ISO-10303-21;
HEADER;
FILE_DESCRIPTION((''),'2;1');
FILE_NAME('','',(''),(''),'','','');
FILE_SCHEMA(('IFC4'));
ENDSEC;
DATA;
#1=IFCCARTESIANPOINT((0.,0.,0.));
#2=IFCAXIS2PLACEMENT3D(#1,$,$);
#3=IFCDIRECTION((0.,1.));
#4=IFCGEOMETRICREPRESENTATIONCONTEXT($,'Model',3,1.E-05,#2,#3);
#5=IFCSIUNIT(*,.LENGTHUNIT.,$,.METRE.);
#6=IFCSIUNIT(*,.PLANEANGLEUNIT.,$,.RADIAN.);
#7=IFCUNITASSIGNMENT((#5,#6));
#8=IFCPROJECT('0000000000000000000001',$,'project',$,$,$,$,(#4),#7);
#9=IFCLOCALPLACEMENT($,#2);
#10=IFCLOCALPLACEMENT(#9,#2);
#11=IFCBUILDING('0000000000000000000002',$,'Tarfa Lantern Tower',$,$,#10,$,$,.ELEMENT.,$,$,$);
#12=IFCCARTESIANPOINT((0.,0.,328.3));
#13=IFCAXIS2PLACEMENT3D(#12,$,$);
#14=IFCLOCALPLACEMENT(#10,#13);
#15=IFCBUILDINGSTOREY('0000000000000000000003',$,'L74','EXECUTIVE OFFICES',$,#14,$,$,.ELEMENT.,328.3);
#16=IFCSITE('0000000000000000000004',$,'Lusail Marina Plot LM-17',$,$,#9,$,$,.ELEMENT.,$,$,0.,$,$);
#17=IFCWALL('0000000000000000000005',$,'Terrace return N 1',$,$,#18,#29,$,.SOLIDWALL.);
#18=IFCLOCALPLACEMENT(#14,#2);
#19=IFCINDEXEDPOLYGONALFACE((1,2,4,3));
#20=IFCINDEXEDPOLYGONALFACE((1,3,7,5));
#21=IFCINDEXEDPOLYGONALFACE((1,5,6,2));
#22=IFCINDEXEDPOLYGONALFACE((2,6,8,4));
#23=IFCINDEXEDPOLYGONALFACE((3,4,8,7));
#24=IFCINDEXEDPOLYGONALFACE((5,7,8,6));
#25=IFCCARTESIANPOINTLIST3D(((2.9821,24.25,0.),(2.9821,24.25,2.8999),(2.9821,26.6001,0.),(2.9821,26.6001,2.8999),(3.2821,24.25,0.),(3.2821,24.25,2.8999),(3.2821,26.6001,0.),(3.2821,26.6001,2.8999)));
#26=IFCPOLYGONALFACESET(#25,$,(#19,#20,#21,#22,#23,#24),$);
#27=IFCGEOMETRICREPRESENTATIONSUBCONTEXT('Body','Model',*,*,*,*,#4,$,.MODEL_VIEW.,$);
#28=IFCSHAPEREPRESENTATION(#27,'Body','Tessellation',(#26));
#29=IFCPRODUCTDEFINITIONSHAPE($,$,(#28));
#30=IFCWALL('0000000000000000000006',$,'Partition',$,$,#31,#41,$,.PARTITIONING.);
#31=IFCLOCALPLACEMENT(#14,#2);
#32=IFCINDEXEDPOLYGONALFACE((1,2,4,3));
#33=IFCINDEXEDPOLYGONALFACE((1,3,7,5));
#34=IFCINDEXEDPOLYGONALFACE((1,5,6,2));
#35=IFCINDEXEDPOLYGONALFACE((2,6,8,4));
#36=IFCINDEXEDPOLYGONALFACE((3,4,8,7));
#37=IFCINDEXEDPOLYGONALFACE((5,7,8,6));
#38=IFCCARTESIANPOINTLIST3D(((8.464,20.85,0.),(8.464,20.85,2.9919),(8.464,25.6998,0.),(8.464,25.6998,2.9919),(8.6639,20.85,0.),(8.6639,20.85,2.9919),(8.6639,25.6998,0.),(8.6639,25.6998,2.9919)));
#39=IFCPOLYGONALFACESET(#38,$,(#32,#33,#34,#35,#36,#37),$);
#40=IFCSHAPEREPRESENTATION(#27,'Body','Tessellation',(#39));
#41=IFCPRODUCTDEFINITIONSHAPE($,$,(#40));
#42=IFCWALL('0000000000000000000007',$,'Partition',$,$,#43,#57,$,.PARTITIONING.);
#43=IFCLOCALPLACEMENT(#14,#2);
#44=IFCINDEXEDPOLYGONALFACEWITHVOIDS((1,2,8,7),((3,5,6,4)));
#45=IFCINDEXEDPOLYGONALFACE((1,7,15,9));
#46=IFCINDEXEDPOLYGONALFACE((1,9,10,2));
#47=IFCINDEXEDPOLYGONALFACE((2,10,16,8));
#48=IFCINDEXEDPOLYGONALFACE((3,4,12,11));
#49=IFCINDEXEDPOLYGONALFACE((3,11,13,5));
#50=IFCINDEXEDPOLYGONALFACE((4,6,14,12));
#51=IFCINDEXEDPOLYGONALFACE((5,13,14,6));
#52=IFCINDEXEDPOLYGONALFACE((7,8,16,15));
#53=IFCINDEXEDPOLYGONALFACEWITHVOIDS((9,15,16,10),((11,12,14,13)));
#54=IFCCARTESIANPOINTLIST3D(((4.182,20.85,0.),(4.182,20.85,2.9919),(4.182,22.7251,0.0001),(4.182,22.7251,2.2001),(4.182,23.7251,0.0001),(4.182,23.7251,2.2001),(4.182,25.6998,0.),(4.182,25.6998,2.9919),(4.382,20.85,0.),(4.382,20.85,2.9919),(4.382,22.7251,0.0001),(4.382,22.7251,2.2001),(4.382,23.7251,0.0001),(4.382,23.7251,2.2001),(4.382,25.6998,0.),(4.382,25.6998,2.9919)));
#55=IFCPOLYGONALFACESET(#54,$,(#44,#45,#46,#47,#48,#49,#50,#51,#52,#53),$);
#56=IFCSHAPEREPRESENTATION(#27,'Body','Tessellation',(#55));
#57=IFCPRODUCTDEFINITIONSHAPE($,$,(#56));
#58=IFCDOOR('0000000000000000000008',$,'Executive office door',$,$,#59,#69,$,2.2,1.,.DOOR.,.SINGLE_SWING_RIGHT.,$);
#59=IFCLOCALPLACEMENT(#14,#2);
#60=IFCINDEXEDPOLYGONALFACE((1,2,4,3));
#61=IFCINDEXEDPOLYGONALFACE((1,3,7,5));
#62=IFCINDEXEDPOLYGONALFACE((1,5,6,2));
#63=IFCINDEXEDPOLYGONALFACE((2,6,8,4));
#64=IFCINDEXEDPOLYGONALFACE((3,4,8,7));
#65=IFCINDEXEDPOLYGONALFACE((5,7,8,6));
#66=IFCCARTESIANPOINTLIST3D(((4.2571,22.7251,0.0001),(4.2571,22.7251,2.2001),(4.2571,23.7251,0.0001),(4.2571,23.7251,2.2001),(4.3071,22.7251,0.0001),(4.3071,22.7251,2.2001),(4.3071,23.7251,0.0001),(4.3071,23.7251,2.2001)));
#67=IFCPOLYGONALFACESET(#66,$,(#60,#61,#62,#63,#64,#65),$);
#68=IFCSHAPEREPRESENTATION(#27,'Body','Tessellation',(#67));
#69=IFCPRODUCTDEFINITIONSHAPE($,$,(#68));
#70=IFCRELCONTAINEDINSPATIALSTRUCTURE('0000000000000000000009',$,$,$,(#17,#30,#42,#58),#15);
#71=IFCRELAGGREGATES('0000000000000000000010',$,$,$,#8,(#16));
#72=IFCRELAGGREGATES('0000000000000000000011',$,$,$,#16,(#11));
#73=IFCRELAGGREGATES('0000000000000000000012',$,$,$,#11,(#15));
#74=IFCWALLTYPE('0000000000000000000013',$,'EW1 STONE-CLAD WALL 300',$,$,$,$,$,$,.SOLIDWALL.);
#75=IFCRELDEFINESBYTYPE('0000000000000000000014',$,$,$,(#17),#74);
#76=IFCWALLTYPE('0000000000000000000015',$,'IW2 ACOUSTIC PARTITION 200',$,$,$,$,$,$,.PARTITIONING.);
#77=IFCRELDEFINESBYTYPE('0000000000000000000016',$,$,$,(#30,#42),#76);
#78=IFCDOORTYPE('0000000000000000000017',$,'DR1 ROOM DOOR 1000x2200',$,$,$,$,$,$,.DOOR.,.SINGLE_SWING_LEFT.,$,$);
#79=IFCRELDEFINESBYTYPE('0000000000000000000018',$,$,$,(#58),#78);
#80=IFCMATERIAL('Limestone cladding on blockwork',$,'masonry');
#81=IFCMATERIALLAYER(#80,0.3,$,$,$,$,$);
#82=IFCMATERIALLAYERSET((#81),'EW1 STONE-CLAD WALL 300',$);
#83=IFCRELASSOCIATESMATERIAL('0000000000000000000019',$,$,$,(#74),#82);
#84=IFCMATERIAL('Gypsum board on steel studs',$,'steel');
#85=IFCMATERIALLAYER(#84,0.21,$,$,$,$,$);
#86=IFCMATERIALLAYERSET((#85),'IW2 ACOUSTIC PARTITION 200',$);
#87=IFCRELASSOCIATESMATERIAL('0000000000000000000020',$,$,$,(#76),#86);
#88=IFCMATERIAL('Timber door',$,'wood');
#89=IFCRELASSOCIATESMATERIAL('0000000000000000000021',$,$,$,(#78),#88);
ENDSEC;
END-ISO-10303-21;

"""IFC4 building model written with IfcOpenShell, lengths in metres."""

from ifc_helpers import new_model, si_unit, direction, frame, frame_2d, origin, place, context, subcontext, project, spatial, rectangle, extrude, material, layer, layer_set, type_object, element, fill, save


model = new_model("IFC4")

# Units and contexts
model_context = context("Model", 3, precision=1e-05, world=origin(), true_north=direction((0.0, 1.0)))
body_context = subcontext(model_context, "Body", "Model", "MODEL_VIEW")
ifc_project = project(units=[si_unit("LENGTHUNIT", "METRE"), si_unit("PLANEANGLEUNIT", "RADIAN")], contexts=[model_context])

# Site, building, storey
site_placement = place(None, origin())
site = spatial("IfcSite", under=ifc_project, at=site_placement, Name="Lusail Marina Plot LM-17", CompositionType="ELEMENT", RefElevation=0.0)
building_placement = place(site_placement, origin())
building = spatial("IfcBuilding", under=site, at=building_placement, Name="Tarfa Lantern Tower", CompositionType="ELEMENT")
storey_placement = place(building_placement, frame((0.0, 0.0, 328.3)))
storey = spatial("IfcBuildingStorey", under=building, at=storey_placement, Name="L74", Description="EXECUTIVE OFFICES", CompositionType="ELEMENT", Elevation=328.3)

# Shared definitions
ifc_material_1 = material(Name="Limestone cladding on blockwork", Category="masonry")
ifc_layer_1 = layer(ifc_material_1, 0.3)
ifc_layer_set_1 = layer_set([ifc_layer_1], Name="EW1 STONE-CLAD WALL 300")
wall_type_1 = type_object("IfcWallType", Name="EW1 STONE-CLAD WALL 300", PredefinedType="SOLIDWALL", material=ifc_layer_set_1)

# Wall
wall_1_placement = place(storey_placement, frame((3.1321, 26.6001, 0.0), z_axis=(0.0, 0.0, 1.0), x_axis=(0.0, -1.0, 0.0)))
element("IfcWall", 1, at=wall_1_placement, inside=storey, type_object=wall_type_1, Name="Terrace return N 1", PredefinedType="SOLIDWALL", context=body_context, shape_type="SweptSolid", body=[
    extrude(rectangle(XDim=2.3501, YDim=0.3, at=frame_2d((1.175, 0.0))), origin(), (0.0, 0.0, 1.0), 2.8999),
])

# Wall
ifc_material_2 = material(Name="Gypsum board on steel studs", Category="steel")
ifc_layer_2 = layer(ifc_material_2, 0.21)
ifc_layer_set_2 = layer_set([ifc_layer_2], Name="IW2 ACOUSTIC PARTITION 200")
wall_type_2 = type_object("IfcWallType", Name="IW2 ACOUSTIC PARTITION 200", PredefinedType="PARTITIONING", material=ifc_layer_set_2)
wall_2_placement = place(storey_placement, frame((8.564, 20.8501, 0.0), z_axis=(0.0, 0.0, 1.0), x_axis=(0.0, 1.0, 0.0)))
element("IfcWall", 2, at=wall_2_placement, inside=storey, type_object=wall_type_2, Name="Partition", PredefinedType="PARTITIONING", context=body_context, shape_type="SweptSolid", body=[
    extrude(rectangle(XDim=4.8499, YDim=0.2, at=frame_2d((2.4248, 0.0))), origin(), (0.0, 0.0, 1.0), 2.9919),
])

# Wall, opening, door
wall_3_placement = place(storey_placement, frame((4.282, 20.8501, 0.0), z_axis=(0.0, 0.0, 1.0), x_axis=(0.0, 1.0, 0.0)))
wall_3 = element("IfcWall", 3, at=wall_3_placement, inside=storey, type_object=wall_type_2, Name="Partition", PredefinedType="PARTITIONING", context=body_context, shape_type="SweptSolid", body=[
    extrude(rectangle(XDim=4.8499, YDim=0.2, at=frame_2d((2.4248, 0.0))), origin(), (0.0, 0.0, 1.0), 2.9919),
])
opening_1_placement = place(wall_3_placement, frame((1.875, 0.0, 0.0)))
opening_1 = element("IfcOpeningElement", 4, at=opening_1_placement, cuts=wall_3, PredefinedType="OPENING", context=body_context, shape_type="SweptSolid", body=[
    extrude(rectangle(XDim=1.0, YDim=2.2, at=frame_2d((0.5, 1.1001))), frame((0.0, 0.1099, 0.0), z_axis=(0.0, -1.0, 0.0), x_axis=(1.0, 0.0, 0.0)), (0.0, 0.0, 1.0), 0.22),
])
ifc_material_3 = material(Name="Timber door", Category="wood")
door_type_1 = type_object("IfcDoorType", Name="DR1 ROOM DOOR 1000x2200", OperationType="SINGLE_SWING_LEFT", PredefinedType="DOOR", material=ifc_material_3)
door_1_placement = place(opening_1_placement, origin())
door_1 = element("IfcDoor", 5, at=door_1_placement, inside=storey, type_object=door_type_1, Name="Executive office door", OperationType="SINGLE_SWING_RIGHT", OverallHeight=2.2, OverallWidth=1.0, PredefinedType="DOOR", context=body_context, shape_type="SweptSolid", body=[
    extrude(rectangle(XDim=1.0, YDim=2.2, at=frame_2d((0.5, 1.1001))), frame((0.0, 0.0249, 0.0), z_axis=(0.0, -1.0, 0.0), x_axis=(1.0, 0.0, 0.0)), (0.0, 0.0, 1.0), 0.05),
])
fill(opening_1, door_1)

save(model, "model.ifc")
